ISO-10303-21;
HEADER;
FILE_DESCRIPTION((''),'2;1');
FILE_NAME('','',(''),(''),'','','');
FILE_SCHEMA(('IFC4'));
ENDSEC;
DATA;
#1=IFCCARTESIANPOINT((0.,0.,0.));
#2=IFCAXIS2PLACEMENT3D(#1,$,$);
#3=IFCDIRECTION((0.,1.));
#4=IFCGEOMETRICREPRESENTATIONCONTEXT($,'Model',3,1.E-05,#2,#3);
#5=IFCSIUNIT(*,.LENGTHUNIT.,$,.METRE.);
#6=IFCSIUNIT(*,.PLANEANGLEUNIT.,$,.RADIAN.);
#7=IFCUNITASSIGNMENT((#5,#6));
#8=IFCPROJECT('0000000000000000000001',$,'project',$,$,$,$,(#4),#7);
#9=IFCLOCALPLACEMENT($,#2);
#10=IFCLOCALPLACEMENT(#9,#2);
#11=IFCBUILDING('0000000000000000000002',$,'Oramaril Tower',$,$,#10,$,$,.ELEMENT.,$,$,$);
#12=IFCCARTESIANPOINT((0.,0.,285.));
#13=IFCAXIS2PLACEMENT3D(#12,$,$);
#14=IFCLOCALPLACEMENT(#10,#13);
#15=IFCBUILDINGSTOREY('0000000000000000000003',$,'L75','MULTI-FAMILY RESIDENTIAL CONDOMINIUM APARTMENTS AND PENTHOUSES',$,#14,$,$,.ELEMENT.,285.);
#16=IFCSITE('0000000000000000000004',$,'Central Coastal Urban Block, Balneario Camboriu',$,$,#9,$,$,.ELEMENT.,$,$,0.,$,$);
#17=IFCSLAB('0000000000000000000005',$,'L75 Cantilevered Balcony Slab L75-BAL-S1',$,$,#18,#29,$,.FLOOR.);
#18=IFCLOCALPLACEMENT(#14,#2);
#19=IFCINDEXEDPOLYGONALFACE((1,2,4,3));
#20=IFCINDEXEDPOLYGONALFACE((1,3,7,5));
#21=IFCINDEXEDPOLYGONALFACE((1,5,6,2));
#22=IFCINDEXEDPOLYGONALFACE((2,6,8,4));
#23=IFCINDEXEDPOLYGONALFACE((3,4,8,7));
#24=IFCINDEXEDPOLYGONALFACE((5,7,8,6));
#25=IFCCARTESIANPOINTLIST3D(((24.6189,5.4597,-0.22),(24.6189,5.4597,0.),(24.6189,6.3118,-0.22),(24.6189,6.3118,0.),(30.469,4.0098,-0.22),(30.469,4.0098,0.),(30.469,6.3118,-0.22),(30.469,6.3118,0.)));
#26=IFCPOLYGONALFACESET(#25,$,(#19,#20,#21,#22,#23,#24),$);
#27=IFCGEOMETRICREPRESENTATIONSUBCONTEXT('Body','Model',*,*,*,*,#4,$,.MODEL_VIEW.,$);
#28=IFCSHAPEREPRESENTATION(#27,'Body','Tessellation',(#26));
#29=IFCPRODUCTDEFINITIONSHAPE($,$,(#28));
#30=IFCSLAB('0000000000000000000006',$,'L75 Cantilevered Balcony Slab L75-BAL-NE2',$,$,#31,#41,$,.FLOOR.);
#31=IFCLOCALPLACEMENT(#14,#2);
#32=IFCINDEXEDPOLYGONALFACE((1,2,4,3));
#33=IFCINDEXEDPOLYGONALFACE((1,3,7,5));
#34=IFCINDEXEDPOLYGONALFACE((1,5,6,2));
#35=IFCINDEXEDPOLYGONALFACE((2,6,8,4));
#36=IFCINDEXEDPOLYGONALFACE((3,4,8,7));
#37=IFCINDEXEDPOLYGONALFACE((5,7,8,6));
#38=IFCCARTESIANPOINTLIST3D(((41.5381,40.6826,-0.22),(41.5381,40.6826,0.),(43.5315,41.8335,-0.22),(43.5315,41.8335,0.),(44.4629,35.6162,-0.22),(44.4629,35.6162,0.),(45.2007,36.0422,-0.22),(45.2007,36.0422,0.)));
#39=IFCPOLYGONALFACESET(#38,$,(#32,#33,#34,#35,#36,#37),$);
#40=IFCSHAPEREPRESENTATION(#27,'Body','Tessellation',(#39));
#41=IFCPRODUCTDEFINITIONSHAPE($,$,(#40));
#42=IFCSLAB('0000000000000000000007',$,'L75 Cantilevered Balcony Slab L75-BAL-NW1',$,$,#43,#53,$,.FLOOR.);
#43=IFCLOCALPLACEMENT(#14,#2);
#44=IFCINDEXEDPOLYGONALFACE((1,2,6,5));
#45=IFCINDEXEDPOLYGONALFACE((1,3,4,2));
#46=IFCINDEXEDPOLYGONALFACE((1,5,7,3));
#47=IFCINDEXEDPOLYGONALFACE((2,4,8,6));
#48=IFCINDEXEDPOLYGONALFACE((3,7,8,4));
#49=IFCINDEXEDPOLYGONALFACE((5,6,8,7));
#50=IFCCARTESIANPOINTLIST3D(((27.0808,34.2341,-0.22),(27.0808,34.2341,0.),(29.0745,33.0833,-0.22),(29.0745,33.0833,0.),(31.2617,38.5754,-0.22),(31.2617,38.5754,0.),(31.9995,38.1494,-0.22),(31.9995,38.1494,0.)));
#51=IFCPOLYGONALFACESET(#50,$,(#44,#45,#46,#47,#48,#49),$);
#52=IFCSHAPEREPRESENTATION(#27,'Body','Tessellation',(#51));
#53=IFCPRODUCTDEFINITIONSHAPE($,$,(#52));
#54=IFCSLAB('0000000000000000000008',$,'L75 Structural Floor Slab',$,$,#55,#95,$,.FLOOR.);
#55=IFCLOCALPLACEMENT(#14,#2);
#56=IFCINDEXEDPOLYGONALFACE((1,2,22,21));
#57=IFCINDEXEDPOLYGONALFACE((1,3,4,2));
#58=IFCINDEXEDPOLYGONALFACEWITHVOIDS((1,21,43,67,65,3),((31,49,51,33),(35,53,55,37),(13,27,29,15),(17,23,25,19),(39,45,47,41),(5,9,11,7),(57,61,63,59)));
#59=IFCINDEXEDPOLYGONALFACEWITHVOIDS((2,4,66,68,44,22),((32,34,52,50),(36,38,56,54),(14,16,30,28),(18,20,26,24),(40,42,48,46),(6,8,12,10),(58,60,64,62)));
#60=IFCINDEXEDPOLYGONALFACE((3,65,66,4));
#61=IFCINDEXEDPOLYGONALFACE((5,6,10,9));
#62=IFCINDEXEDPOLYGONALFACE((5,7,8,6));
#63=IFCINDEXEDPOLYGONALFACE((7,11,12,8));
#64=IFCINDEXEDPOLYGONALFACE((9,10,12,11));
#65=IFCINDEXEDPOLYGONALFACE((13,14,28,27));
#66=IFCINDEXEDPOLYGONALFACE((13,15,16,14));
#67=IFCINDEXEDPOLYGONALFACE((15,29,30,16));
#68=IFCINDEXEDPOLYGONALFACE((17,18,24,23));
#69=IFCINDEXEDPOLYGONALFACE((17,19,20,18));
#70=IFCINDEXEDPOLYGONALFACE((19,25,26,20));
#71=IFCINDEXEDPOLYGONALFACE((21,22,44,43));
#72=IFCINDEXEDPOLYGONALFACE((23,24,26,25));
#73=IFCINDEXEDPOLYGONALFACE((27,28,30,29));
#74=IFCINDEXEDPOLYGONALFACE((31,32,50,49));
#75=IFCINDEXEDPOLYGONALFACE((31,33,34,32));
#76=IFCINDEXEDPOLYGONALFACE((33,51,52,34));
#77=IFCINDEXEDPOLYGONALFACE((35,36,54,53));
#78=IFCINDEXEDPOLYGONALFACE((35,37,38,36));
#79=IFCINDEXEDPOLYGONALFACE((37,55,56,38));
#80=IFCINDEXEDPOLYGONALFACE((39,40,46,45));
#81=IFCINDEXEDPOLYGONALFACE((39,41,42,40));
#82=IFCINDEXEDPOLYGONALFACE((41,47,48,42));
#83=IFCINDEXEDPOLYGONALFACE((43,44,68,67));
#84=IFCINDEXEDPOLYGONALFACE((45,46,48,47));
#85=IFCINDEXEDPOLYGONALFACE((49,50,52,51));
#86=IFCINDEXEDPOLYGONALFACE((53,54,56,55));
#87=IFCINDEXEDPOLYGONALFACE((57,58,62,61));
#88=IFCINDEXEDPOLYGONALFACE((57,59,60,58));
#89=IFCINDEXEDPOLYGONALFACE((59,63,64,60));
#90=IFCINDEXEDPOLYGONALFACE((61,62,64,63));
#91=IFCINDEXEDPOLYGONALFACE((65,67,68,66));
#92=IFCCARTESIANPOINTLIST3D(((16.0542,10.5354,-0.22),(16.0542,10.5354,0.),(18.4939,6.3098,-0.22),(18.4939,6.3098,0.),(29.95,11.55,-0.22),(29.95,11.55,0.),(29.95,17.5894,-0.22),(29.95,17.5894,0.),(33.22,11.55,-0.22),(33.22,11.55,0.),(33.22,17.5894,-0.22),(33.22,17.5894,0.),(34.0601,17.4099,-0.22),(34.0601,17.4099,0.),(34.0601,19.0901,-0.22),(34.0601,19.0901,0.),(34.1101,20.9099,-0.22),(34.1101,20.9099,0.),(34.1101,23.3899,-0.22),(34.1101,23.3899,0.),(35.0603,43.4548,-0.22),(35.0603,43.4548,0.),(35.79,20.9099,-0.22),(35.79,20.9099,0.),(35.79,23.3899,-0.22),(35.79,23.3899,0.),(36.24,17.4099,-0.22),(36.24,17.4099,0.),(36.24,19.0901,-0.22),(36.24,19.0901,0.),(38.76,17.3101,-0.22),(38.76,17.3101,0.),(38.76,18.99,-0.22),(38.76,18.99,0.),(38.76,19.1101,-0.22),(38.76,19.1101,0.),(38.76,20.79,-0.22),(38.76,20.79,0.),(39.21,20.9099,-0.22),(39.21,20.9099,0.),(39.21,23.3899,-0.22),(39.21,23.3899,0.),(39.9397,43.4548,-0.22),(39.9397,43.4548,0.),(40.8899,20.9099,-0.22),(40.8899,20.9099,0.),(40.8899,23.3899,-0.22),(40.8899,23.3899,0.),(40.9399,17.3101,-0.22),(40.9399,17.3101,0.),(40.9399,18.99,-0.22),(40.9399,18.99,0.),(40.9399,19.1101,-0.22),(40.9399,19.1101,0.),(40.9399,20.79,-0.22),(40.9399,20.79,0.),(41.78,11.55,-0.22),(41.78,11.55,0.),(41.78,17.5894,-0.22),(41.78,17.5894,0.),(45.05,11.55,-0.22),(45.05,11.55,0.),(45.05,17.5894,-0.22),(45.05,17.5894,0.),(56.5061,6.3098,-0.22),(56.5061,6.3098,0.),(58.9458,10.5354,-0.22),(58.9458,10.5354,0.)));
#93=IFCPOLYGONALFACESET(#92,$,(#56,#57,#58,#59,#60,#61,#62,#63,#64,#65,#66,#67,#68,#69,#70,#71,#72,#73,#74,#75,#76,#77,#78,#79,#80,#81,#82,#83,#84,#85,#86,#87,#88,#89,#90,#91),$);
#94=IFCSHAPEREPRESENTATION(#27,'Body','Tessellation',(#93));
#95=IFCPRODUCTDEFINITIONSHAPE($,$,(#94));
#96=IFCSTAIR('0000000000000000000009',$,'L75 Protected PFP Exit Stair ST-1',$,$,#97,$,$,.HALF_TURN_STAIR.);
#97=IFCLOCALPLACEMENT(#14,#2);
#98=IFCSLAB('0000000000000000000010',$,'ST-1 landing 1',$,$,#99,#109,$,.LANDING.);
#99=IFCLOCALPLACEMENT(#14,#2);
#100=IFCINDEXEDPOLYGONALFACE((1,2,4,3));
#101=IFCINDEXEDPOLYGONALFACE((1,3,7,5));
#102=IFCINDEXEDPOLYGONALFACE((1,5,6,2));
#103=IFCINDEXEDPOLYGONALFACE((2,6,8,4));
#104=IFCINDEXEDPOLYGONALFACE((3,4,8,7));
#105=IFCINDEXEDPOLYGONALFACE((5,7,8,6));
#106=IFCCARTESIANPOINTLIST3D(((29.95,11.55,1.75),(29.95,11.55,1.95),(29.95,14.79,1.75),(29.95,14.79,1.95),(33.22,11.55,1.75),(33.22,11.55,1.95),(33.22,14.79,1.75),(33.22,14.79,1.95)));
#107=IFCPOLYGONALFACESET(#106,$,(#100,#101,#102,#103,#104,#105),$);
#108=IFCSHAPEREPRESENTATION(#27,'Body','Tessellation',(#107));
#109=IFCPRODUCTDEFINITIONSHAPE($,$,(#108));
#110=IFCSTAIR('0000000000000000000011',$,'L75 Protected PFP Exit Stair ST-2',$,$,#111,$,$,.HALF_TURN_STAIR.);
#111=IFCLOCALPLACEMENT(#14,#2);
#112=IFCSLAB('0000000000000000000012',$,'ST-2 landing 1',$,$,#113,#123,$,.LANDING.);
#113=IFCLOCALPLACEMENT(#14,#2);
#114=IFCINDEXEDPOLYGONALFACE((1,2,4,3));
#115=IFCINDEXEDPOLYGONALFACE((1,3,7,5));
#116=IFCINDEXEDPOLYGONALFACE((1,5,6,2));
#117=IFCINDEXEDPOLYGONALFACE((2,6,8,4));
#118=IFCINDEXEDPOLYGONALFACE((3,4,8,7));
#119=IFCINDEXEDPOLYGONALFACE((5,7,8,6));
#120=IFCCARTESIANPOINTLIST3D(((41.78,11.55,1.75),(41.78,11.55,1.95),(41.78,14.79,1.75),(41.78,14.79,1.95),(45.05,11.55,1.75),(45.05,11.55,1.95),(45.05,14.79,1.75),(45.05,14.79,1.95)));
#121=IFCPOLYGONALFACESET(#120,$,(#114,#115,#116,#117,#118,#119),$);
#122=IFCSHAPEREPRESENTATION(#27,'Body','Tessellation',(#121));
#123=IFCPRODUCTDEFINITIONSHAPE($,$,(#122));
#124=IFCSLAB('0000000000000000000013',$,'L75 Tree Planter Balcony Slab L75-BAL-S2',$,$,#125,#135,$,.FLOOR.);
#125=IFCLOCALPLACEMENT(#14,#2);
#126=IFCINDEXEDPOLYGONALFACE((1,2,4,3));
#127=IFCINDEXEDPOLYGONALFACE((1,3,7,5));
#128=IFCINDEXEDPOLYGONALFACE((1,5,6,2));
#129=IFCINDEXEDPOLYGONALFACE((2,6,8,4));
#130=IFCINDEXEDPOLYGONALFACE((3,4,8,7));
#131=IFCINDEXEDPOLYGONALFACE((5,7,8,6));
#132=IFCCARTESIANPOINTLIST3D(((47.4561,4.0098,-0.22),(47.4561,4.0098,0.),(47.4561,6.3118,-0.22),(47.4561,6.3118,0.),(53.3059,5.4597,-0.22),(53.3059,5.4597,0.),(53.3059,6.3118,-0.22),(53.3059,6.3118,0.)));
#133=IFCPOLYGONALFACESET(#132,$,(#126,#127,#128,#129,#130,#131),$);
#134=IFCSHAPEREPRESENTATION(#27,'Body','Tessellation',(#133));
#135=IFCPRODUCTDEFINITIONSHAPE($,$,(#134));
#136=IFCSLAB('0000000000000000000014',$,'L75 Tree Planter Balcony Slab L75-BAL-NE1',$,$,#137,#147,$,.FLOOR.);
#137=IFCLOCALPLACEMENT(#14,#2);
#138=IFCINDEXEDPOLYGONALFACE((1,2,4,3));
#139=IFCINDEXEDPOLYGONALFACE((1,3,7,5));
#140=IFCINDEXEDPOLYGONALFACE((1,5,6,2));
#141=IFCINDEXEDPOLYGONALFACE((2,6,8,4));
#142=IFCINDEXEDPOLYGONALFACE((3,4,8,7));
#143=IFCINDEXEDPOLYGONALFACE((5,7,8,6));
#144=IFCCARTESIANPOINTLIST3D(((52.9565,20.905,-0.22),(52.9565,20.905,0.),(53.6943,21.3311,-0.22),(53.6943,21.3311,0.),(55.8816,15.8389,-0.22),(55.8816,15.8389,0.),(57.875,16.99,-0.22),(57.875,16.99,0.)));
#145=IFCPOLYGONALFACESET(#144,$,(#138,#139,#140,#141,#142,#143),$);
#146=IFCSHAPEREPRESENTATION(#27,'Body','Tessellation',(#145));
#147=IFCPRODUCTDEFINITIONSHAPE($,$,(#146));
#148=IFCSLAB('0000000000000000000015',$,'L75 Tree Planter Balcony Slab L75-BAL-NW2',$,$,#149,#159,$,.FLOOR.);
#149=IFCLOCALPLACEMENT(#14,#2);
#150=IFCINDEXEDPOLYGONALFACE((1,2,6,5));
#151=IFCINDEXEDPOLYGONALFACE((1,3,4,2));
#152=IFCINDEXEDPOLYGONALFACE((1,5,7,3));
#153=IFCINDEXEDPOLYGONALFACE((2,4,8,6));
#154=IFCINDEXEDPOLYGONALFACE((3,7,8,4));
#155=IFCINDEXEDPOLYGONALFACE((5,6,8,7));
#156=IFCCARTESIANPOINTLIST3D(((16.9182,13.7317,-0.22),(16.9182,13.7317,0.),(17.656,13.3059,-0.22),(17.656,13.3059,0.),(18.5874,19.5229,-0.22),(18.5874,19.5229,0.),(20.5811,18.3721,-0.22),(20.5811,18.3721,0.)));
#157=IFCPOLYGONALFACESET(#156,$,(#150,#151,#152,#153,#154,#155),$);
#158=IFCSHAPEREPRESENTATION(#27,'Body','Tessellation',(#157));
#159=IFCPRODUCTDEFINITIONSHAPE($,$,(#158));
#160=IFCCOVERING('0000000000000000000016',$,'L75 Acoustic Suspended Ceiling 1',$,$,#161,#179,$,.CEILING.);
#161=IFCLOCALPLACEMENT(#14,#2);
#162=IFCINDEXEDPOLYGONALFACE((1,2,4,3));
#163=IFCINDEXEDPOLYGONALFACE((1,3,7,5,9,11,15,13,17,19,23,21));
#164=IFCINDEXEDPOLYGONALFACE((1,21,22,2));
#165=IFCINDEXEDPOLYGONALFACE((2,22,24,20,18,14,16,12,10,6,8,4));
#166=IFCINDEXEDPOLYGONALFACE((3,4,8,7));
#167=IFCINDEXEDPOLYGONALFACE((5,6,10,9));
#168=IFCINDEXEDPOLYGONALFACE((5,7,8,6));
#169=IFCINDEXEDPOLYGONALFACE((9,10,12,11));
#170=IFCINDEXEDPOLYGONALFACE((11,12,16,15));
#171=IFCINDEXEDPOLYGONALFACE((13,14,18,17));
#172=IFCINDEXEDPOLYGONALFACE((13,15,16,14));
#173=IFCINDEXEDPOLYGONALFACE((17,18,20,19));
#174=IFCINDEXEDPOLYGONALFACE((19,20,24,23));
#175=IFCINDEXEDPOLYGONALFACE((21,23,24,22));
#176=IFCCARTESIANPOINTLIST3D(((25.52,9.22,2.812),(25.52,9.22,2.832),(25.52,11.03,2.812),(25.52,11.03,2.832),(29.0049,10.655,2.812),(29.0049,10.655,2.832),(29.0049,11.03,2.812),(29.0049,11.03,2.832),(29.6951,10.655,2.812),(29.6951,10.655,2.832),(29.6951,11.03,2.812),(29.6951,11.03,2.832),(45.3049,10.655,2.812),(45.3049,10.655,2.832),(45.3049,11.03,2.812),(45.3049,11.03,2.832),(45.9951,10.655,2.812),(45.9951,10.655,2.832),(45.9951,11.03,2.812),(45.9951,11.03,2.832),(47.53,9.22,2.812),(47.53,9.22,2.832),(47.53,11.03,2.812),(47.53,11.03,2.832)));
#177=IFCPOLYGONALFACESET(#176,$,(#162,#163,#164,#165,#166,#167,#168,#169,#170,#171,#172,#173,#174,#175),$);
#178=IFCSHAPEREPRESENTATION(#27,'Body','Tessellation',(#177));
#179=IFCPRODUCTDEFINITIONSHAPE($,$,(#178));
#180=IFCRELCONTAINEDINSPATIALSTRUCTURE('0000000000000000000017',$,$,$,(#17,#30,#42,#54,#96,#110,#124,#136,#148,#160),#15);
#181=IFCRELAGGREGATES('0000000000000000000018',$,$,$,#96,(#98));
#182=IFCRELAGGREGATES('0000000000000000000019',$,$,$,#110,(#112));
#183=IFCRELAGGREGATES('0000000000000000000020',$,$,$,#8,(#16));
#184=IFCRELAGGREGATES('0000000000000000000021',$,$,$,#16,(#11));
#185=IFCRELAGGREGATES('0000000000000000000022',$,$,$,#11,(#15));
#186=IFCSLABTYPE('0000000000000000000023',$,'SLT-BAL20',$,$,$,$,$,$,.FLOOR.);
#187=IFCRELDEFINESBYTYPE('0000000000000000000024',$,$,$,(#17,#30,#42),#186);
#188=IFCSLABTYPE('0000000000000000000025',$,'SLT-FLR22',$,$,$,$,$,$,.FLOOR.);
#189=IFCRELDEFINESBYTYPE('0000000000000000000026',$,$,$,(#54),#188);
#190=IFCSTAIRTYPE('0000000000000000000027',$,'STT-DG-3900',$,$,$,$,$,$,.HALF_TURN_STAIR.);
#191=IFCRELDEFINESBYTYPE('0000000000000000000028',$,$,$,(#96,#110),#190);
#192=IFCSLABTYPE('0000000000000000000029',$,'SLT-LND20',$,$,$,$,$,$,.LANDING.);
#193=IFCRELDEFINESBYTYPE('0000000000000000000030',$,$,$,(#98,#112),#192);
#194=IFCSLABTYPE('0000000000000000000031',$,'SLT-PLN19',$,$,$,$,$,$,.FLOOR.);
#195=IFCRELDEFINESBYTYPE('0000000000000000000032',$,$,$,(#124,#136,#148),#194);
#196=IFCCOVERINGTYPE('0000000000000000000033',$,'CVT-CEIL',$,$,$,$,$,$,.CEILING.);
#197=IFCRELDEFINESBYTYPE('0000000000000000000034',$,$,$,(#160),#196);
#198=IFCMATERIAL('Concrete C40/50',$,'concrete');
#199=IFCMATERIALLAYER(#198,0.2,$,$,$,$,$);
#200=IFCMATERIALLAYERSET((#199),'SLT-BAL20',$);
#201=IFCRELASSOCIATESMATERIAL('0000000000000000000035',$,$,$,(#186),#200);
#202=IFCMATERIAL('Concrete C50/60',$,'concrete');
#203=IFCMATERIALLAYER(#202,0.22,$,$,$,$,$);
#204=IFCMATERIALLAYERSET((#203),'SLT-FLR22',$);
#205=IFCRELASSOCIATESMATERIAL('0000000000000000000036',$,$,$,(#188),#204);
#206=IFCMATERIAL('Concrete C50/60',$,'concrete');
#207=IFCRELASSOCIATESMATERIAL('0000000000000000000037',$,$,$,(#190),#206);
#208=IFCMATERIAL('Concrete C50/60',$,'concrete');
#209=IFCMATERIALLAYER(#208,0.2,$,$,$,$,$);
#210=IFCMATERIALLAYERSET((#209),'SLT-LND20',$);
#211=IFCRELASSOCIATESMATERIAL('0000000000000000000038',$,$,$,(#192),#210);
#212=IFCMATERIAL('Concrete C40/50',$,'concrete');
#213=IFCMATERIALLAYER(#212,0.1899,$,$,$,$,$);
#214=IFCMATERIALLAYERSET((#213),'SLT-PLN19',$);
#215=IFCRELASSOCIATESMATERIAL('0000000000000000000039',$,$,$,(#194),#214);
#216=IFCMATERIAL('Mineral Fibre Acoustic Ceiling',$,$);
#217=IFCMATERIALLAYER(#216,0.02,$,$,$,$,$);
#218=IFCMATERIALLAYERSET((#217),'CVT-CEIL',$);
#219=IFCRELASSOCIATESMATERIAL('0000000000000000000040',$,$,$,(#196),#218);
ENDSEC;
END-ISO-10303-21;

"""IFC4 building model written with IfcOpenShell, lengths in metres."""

from ifc_helpers import new_model, si_unit, direction, frame, origin, place, context, subcontext, project, spatial, polyline, outline, extrude, material, layer, layer_set, type_object, element, aggregate, save


model = new_model("IFC4")

# Units and contexts
model_context = context("Model", 3, precision=1e-05, world=origin(), true_north=direction((0.0, 1.0)))
body_context = subcontext(model_context, "Body", "Model", "MODEL_VIEW")
ifc_project = project(units=[si_unit("LENGTHUNIT", "METRE"), si_unit("PLANEANGLEUNIT", "RADIAN")], contexts=[model_context])

# Site, building, storey
site_placement = place(None, origin())
site = spatial("IfcSite", under=ifc_project, at=site_placement, Name="Central Coastal Urban Block, Balneario Camboriu", CompositionType="ELEMENT", RefElevation=0.0)
building_placement = place(site_placement, origin())
building = spatial("IfcBuilding", under=site, at=building_placement, Name="Oramaril Tower", CompositionType="ELEMENT")
storey_placement = place(building_placement, frame((0.0, 0.0, 285.0)))
storey = spatial("IfcBuildingStorey", under=building, at=storey_placement, Name="L75", Description="MULTI-FAMILY RESIDENTIAL CONDOMINIUM APARTMENTS AND PENTHOUSES", CompositionType="ELEMENT", Elevation=285.0)

# Slabs
ifc_material_1 = material(Name="Concrete C40/50", Category="concrete")
ifc_layer_1 = layer(ifc_material_1, 0.2)
ifc_layer_set_1 = layer_set([ifc_layer_1], Name="SLT-BAL20")
slab_type_1 = type_object("IfcSlabType", Name="SLT-BAL20", PredefinedType="FLOOR", material=ifc_layer_set_1)
slab_1_placement = place(storey_placement, frame((0.0, 0.0, -0.22)))
element("IfcSlab", 1, at=slab_1_placement, inside=storey, type_object=slab_type_1, Name="L75 Cantilevered Balcony Slab L75-BAL-S1", PredefinedType="FLOOR", context=body_context, shape_type="SweptSolid", body=[
    extrude(outline(polyline([(24.6189, 6.3118), (30.469, 6.3118), (30.469, 4.0098), (24.6189, 5.4597), (24.6189, 6.3118)])), origin(), (0.0, 0.0, 1.0), 0.22),
])
slab_2_placement = place(storey_placement, frame((0.0, 0.0, -0.22)))
element("IfcSlab", 2, at=slab_2_placement, inside=storey, type_object=slab_type_1, Name="L75 Cantilevered Balcony Slab L75-BAL-NE2", PredefinedType="FLOOR", context=body_context, shape_type="SweptSolid", body=[
    extrude(outline(polyline([(44.4629, 35.6162), (41.5381, 40.6826), (43.5315, 41.8335), (45.2007, 36.0422), (44.4629, 35.6162)])), origin(), (0.0, 0.0, 1.0), 0.22),
])
slab_3_placement = place(storey_placement, frame((0.0, 0.0, -0.22)))
element("IfcSlab", 3, at=slab_3_placement, inside=storey, type_object=slab_type_1, Name="L75 Cantilevered Balcony Slab L75-BAL-NW1", PredefinedType="FLOOR", context=body_context, shape_type="SweptSolid", body=[
    extrude(outline(polyline([(31.9995, 38.1494), (29.0745, 33.0833), (27.0808, 34.2341), (31.2617, 38.5754), (31.9995, 38.1494)])), origin(), (0.0, 0.0, 1.0), 0.22),
])
ifc_material_2 = material(Name="Concrete C50/60", Category="concrete")
ifc_layer_2 = layer(ifc_material_2, 0.22)
ifc_layer_set_2 = layer_set([ifc_layer_2], Name="SLT-FLR22")
slab_type_2 = type_object("IfcSlabType", Name="SLT-FLR22", PredefinedType="FLOOR", material=ifc_layer_set_2)
slab_4_placement = place(storey_placement, frame((0.0, 0.0, -0.22)))
element("IfcSlab", 4, at=slab_4_placement, inside=storey, type_object=slab_type_2, Name="L75 Structural Floor Slab", PredefinedType="FLOOR", context=body_context, shape_type="SweptSolid", body=[
    extrude(outline(polyline([(16.0542, 10.5354), (18.4939, 6.3098), (56.5061, 6.3098), (58.9458, 10.5354), (39.9397, 43.4548), (35.0603, 43.4548), (16.0542, 10.5354)]), holes=[polyline([(29.95, 17.5894), (29.95, 11.55), (33.22, 11.55), (33.22, 17.5894), (29.95, 17.5894)]), polyline([(41.78, 17.5894), (41.78, 11.55), (45.05, 11.55), (45.05, 17.5894), (41.78, 17.5894)]), polyline([(34.1101, 20.9099), (35.79, 20.9099), (35.79, 23.3899), (34.1101, 23.3899), (34.1101, 20.9099)]), polyline([(39.21, 20.9099), (40.8899, 20.9099), (40.8899, 23.3899), (39.21, 23.3899), (39.21, 20.9099)]), polyline([(34.0601, 17.4099), (36.24, 17.4099), (36.24, 19.0901), (34.0601, 19.0901), (34.0601, 17.4099)]), polyline([(38.76, 17.3101), (40.9399, 17.3101), (40.9399, 18.99), (38.76, 18.99), (38.76, 17.3101)]), polyline([(38.76, 19.1101), (40.9399, 19.1101), (40.9399, 20.79), (38.76, 20.79), (38.76, 19.1101)])]), origin(), (0.0, 0.0, 1.0), 0.22),
])

# Stairs, slabs
ifc_material_3 = material(Name="Concrete C50/60", Category="concrete")
stair_type = type_object("IfcStairType", Name="STT-DG-3900", PredefinedType="HALF_TURN_STAIR", material=ifc_material_3)
stair_1_placement = place(storey_placement, origin())
stair_1 = element("IfcStair", 5, at=stair_1_placement, inside=storey, type_object=stair_type, Name="L75 Protected PFP Exit Stair ST-1", PredefinedType="HALF_TURN_STAIR")
ifc_material_4 = material(Name="Concrete C50/60", Category="concrete")
ifc_layer_3 = layer(ifc_material_4, 0.2)
ifc_layer_set_3 = layer_set([ifc_layer_3], Name="SLT-LND20")
slab_type_3 = type_object("IfcSlabType", Name="SLT-LND20", PredefinedType="LANDING", material=ifc_layer_set_3)
slab_5_placement = place(storey_placement, frame((0.0, 0.0, 1.75)))
slab_5 = element("IfcSlab", 6, at=slab_5_placement, type_object=slab_type_3, Name="ST-1 landing 1", PredefinedType="LANDING", context=body_context, shape_type="SweptSolid", body=[
    extrude(outline(polyline([(29.95, 14.79), (29.95, 11.55), (33.22, 11.55), (33.22, 14.79), (29.95, 14.79)])), origin(), (0.0, 0.0, 1.0), 0.2),
])
aggregate(stair_1, [slab_5])
stair_2_placement = place(storey_placement, origin())
stair_2 = element("IfcStair", 7, at=stair_2_placement, inside=storey, type_object=stair_type, Name="L75 Protected PFP Exit Stair ST-2", PredefinedType="HALF_TURN_STAIR")
slab_6_placement = place(storey_placement, frame((0.0, 0.0, 1.75)))
slab_6 = element("IfcSlab", 8, at=slab_6_placement, type_object=slab_type_3, Name="ST-2 landing 1", PredefinedType="LANDING", context=body_context, shape_type="SweptSolid", body=[
    extrude(outline(polyline([(41.78, 14.79), (41.78, 11.55), (45.05, 11.55), (45.05, 14.79), (41.78, 14.79)])), origin(), (0.0, 0.0, 1.0), 0.2),
])
aggregate(stair_2, [slab_6])

# Slabs
ifc_material_5 = material(Name="Concrete C40/50", Category="concrete")
ifc_layer_4 = layer(ifc_material_5, 0.1899)
ifc_layer_set_4 = layer_set([ifc_layer_4], Name="SLT-PLN19")
slab_type_4 = type_object("IfcSlabType", Name="SLT-PLN19", PredefinedType="FLOOR", material=ifc_layer_set_4)
slab_7_placement = place(storey_placement, frame((0.0, 0.0, -0.22)))
element("IfcSlab", 9, at=slab_7_placement, inside=storey, type_object=slab_type_4, Name="L75 Tree Planter Balcony Slab L75-BAL-S2", PredefinedType="FLOOR", context=body_context, shape_type="SweptSolid", body=[
    extrude(outline(polyline([(47.4561, 6.3118), (53.3059, 6.3118), (53.3059, 5.4597), (47.4561, 4.0098), (47.4561, 6.3118)])), origin(), (0.0, 0.0, 1.0), 0.22),
])
slab_8_placement = place(storey_placement, frame((0.0, 0.0, -0.22)))
element("IfcSlab", 10, at=slab_8_placement, inside=storey, type_object=slab_type_4, Name="L75 Tree Planter Balcony Slab L75-BAL-NE1", PredefinedType="FLOOR", context=body_context, shape_type="SweptSolid", body=[
    extrude(outline(polyline([(55.8816, 15.8389), (52.9565, 20.905), (53.6943, 21.3311), (57.875, 16.99), (55.8816, 15.8389)])), origin(), (0.0, 0.0, 1.0), 0.22),
])
slab_9_placement = place(storey_placement, frame((0.0, 0.0, -0.22)))
element("IfcSlab", 11, at=slab_9_placement, inside=storey, type_object=slab_type_4, Name="L75 Tree Planter Balcony Slab L75-BAL-NW2", PredefinedType="FLOOR", context=body_context, shape_type="SweptSolid", body=[
    extrude(outline(polyline([(20.5811, 18.3721), (17.656, 13.3059), (16.9182, 13.7317), (18.5874, 19.5229), (20.5811, 18.3721)])), origin(), (0.0, 0.0, 1.0), 0.22),
])

# Covering
ifc_material_6 = material(Name="Mineral Fibre Acoustic Ceiling")
ifc_layer_5 = layer(ifc_material_6, 0.02)
ifc_layer_set_5 = layer_set([ifc_layer_5], Name="CVT-CEIL")
covering_type_1 = type_object("IfcCoveringType", Name="CVT-CEIL", PredefinedType="CEILING", material=ifc_layer_set_5)
covering_1_placement = place(storey_placement, frame((0.0, 0.0, 2.812)))
element("IfcCovering", 12, at=covering_1_placement, inside=storey, type_object=covering_type_1, Name="L75 Acoustic Suspended Ceiling 1", PredefinedType="CEILING", context=body_context, shape_type="SweptSolid", body=[
    extrude(outline(polyline([(29.0049, 10.655), (29.6951, 10.655), (29.6951, 11.03), (45.3049, 11.03), (45.3049, 10.655), (45.9951, 10.655), (45.9951, 11.03), (47.53, 11.03), (47.53, 9.22), (25.52, 9.22), (25.52, 11.03), (29.0049, 11.03), (29.0049, 10.655)])), origin(), (0.0, 0.0, 1.0), 0.02),
])

save(model, "model.ifc")
